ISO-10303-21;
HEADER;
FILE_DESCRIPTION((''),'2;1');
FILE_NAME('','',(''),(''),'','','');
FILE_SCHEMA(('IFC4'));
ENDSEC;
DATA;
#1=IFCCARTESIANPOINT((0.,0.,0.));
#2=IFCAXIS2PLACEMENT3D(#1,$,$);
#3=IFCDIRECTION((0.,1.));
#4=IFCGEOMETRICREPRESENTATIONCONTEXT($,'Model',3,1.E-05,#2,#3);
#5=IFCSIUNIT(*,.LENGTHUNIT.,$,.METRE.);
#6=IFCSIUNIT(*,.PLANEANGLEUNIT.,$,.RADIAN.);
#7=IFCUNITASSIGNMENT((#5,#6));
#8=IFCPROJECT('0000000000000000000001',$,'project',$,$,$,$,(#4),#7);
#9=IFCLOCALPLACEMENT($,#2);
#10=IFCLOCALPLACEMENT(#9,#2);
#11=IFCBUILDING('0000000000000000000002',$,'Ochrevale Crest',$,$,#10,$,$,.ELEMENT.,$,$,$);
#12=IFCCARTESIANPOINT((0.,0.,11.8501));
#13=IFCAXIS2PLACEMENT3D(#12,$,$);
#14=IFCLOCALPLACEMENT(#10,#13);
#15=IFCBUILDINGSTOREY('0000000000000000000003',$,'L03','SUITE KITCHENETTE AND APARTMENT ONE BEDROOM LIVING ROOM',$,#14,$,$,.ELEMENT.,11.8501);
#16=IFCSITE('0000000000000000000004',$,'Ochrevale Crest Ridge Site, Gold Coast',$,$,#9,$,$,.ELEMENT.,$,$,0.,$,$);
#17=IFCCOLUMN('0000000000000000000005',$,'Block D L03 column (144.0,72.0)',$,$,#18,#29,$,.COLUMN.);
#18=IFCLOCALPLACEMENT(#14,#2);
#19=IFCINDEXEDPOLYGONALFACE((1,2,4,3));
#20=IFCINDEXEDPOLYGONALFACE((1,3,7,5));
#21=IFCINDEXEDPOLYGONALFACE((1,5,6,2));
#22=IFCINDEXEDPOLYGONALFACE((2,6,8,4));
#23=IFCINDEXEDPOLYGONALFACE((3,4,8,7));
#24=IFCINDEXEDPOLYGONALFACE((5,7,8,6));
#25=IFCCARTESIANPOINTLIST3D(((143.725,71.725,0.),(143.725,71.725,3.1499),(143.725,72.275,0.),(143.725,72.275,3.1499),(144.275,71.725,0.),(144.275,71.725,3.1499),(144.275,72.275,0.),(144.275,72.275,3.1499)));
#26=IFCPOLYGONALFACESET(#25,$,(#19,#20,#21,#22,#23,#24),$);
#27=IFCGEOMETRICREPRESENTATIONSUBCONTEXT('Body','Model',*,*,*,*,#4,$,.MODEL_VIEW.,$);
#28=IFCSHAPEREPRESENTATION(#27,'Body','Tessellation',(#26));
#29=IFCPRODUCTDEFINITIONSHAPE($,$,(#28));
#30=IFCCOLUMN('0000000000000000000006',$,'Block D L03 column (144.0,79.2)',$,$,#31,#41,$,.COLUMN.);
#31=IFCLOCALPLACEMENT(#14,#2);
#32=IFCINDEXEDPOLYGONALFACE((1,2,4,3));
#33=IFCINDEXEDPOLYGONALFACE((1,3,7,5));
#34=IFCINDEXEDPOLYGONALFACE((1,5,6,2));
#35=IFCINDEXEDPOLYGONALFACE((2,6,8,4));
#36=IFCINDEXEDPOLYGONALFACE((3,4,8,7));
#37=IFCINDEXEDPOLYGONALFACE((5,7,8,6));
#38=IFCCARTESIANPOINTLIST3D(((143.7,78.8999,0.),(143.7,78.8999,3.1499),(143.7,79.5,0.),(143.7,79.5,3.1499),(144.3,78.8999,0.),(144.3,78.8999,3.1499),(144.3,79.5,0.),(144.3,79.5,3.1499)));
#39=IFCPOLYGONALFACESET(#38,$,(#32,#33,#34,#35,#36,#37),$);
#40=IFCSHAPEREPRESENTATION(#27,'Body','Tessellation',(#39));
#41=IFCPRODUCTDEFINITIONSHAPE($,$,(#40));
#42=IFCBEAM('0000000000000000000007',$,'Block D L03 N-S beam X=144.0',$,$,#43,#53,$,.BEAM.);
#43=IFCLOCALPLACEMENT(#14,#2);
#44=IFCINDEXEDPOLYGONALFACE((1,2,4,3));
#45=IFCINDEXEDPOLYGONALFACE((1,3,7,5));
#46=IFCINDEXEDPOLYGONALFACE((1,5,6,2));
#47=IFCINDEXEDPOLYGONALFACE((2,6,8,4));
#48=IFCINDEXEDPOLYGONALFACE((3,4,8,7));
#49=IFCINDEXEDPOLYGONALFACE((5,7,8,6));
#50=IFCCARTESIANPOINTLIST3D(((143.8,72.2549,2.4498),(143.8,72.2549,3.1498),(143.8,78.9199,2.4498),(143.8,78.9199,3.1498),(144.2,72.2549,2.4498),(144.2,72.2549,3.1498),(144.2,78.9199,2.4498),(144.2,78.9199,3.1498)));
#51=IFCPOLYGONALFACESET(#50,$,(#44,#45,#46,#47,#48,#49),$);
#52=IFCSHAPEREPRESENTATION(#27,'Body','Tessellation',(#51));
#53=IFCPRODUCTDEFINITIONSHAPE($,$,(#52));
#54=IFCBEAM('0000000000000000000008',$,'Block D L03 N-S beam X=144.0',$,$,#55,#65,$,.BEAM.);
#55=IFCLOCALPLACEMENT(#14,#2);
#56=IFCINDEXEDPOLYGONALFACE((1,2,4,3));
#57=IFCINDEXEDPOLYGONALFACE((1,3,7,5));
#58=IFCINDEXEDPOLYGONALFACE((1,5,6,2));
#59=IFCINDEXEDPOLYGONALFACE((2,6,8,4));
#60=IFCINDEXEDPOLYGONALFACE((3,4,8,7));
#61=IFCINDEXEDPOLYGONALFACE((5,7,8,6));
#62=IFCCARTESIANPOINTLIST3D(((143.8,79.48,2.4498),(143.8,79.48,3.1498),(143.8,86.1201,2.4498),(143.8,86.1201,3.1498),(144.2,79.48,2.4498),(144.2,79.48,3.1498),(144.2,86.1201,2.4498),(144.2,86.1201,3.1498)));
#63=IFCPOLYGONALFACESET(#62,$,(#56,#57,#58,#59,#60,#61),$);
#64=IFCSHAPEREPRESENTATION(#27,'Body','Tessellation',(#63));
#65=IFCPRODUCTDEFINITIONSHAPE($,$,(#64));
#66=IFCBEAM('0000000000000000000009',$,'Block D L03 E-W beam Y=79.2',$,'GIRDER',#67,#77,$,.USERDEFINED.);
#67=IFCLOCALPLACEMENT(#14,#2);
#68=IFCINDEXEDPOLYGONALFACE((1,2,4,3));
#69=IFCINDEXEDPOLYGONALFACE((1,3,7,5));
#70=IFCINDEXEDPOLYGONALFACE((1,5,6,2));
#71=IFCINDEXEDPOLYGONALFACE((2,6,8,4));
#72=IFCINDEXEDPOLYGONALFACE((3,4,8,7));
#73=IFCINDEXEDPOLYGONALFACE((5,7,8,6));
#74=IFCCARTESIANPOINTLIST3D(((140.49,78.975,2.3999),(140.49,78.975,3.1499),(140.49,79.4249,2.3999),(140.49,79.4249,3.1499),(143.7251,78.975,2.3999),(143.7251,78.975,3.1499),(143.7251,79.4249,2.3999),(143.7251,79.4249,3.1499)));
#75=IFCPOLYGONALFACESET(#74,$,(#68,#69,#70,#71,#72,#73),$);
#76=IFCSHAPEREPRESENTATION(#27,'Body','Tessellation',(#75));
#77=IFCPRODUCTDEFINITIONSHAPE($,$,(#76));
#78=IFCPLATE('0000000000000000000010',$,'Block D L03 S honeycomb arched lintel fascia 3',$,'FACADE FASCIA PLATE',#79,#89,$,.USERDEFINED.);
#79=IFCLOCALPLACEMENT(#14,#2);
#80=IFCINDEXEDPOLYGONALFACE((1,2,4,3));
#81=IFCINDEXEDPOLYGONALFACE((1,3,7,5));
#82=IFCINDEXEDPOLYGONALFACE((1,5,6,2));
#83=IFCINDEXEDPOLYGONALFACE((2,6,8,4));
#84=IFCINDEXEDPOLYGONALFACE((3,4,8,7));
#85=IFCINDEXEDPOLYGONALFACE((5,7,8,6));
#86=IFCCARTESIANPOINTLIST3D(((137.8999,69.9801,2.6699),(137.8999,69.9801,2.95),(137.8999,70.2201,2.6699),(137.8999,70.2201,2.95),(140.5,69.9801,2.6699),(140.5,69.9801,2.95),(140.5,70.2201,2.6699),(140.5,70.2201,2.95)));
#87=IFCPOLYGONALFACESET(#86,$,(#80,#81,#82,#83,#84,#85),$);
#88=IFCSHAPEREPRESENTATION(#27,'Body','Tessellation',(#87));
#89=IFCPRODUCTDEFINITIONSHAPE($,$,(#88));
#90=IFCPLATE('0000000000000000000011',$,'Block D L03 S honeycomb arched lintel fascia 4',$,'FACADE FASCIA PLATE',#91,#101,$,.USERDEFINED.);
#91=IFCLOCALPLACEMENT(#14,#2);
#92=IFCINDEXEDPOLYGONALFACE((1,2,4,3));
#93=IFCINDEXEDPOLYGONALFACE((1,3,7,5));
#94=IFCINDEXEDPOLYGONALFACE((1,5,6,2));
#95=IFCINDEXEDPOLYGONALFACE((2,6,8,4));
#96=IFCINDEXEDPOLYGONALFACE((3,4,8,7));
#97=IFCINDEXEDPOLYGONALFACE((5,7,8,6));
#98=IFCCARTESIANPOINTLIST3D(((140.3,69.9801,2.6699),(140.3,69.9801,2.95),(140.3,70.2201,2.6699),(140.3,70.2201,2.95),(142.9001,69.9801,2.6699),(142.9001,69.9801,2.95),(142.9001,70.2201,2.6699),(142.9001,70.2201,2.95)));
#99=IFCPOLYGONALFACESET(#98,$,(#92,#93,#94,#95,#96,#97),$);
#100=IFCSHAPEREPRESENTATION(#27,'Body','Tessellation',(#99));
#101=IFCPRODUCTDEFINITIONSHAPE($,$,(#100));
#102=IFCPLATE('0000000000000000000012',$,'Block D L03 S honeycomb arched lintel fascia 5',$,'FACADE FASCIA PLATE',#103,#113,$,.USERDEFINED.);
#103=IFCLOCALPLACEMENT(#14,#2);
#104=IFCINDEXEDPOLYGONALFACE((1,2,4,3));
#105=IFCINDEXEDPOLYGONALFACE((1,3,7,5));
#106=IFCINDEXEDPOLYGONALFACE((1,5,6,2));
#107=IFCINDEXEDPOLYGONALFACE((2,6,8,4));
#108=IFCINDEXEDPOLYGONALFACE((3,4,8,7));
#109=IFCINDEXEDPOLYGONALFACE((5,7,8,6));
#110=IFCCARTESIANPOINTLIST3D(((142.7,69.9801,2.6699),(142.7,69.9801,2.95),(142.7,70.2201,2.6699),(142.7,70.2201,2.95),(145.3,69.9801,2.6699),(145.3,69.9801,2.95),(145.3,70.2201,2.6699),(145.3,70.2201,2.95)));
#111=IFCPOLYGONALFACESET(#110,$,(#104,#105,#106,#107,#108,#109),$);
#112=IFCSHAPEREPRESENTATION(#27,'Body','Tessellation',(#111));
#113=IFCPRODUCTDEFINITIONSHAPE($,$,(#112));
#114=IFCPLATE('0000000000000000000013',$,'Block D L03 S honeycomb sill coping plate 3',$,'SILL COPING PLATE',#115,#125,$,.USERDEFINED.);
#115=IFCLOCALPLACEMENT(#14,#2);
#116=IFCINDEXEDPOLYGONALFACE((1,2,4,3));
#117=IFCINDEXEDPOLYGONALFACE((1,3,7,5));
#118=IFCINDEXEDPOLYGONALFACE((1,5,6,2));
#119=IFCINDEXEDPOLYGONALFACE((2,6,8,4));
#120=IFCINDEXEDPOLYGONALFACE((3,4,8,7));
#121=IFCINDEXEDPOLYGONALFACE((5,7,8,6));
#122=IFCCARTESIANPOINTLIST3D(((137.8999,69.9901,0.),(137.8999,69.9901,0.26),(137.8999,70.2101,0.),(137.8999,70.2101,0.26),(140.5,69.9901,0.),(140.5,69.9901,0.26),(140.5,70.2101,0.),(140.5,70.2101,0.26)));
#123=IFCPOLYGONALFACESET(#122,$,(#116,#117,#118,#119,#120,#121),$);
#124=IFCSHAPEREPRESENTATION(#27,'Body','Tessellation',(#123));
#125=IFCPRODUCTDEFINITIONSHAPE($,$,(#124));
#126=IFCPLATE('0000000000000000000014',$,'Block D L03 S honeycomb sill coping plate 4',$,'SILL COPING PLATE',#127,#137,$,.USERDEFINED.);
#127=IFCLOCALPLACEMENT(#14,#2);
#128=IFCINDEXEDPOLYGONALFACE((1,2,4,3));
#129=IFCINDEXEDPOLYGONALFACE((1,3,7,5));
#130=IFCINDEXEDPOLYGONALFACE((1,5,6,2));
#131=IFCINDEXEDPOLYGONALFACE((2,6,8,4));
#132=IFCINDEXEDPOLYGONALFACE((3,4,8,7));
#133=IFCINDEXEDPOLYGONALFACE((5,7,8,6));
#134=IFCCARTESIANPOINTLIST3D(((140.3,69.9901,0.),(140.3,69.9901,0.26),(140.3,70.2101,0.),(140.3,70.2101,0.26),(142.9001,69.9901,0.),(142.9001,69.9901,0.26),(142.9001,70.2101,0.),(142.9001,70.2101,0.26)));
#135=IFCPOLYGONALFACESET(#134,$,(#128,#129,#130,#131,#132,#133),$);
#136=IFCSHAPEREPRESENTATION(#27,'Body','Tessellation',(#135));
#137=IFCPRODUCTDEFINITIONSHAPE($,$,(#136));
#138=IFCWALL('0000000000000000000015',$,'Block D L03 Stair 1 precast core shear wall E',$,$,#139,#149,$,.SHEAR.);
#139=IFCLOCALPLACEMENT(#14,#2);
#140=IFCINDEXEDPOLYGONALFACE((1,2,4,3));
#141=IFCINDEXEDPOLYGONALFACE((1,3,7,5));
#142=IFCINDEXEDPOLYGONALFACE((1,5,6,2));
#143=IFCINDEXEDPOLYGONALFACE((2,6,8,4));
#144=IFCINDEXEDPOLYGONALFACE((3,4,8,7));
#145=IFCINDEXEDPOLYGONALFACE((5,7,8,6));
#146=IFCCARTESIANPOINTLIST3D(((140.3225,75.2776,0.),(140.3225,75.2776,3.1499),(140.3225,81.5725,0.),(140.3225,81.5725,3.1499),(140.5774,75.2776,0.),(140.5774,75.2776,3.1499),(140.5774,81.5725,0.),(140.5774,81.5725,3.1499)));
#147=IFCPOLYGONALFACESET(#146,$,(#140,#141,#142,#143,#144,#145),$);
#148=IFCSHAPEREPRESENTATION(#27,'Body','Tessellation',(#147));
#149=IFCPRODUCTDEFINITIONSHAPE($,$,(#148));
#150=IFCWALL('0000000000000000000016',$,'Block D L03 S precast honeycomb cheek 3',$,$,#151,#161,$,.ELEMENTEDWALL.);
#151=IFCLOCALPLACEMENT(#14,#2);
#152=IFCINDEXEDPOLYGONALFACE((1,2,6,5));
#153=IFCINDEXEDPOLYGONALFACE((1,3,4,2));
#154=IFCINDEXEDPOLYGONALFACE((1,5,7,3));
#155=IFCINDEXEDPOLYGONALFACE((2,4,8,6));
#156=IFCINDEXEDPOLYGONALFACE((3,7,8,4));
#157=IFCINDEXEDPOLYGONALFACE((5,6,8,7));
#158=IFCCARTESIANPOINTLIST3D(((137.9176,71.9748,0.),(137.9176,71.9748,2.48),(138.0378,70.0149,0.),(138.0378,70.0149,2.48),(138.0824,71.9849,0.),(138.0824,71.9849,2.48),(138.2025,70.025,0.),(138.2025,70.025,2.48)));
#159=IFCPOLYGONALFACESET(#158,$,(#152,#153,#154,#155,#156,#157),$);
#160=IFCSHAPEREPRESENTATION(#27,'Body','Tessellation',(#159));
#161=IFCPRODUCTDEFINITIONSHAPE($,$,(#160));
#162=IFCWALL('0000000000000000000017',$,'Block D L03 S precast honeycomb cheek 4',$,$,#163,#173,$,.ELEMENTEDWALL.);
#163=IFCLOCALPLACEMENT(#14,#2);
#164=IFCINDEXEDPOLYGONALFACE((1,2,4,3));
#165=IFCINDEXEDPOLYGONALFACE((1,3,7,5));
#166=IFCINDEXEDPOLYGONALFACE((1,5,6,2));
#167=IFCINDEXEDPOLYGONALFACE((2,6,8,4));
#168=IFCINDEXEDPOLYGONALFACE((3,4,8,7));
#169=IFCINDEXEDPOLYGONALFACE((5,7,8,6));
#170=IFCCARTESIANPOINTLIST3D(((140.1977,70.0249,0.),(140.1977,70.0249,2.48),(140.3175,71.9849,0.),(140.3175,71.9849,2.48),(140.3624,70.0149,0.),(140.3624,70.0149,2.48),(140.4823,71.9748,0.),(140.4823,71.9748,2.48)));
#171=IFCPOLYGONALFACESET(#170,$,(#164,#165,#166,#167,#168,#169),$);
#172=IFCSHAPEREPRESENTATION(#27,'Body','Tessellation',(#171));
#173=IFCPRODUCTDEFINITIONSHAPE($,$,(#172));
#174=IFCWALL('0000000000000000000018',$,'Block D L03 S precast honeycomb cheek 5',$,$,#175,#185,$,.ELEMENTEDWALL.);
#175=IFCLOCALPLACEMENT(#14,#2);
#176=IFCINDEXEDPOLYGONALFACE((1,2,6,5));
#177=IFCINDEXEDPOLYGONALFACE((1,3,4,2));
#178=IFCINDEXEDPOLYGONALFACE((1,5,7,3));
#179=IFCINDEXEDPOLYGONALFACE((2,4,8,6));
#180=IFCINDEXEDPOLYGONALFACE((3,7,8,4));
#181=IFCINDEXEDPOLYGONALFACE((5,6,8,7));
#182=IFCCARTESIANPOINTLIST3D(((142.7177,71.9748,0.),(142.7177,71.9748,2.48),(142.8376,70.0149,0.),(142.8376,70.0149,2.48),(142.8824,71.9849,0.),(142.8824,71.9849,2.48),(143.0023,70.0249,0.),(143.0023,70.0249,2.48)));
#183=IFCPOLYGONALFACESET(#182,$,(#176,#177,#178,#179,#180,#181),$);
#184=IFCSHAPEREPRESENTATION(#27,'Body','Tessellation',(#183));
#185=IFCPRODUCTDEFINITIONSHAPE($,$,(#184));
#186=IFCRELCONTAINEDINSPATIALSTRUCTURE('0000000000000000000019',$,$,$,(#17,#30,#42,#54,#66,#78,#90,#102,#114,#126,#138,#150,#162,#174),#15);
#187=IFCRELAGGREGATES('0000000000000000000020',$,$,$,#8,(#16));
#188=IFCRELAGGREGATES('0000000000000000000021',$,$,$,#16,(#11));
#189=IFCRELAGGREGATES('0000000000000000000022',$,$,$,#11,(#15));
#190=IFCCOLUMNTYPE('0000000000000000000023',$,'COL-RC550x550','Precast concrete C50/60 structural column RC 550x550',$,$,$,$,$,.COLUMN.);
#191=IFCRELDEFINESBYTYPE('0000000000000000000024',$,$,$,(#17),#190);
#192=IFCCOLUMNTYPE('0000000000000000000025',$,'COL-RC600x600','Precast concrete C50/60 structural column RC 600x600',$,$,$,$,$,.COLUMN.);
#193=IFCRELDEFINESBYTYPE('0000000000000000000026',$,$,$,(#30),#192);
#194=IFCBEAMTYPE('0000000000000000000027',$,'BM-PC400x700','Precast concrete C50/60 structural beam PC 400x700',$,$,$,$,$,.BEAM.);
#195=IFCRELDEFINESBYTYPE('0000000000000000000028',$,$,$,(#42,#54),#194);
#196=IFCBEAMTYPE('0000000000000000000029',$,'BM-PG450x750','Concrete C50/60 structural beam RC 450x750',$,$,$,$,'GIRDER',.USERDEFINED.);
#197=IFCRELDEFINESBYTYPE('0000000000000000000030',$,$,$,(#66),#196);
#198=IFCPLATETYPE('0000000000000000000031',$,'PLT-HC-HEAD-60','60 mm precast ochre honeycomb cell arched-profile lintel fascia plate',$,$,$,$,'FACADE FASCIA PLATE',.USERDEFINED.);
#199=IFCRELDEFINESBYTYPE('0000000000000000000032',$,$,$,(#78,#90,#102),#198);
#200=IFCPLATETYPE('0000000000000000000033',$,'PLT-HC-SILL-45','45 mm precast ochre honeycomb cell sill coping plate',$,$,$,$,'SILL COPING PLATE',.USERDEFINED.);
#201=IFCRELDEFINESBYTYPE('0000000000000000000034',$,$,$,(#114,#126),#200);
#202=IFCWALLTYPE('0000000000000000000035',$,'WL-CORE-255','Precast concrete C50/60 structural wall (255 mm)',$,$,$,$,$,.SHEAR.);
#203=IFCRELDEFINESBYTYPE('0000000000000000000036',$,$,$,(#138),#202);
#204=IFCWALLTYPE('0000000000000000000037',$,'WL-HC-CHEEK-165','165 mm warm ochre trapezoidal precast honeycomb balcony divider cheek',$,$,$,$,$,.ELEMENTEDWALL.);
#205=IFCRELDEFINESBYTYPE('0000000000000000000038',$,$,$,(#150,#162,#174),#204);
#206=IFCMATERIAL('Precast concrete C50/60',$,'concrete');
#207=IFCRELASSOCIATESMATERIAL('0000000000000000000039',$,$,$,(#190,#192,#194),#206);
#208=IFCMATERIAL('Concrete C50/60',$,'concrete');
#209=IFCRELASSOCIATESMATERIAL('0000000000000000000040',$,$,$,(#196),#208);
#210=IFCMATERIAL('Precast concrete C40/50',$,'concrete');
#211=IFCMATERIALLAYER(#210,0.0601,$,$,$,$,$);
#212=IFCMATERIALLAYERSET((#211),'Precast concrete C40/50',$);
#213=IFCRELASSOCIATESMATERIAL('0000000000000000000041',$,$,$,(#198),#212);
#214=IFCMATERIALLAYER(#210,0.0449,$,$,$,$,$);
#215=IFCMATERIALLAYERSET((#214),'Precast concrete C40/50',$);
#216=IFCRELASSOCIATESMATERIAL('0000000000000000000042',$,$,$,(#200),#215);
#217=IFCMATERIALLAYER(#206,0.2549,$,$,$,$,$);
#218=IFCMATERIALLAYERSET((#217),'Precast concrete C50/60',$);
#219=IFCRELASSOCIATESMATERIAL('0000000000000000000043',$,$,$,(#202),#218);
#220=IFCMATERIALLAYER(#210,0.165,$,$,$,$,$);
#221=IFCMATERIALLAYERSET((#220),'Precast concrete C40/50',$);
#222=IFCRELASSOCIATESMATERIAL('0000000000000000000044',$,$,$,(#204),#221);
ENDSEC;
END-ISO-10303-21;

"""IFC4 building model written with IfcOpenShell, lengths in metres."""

from ifc_helpers import new_model, si_unit, direction, frame, frame_2d, origin, origin_2d, place, context, subcontext, project, spatial, rectangle, extrude, material, layer, layer_set, material_profile, profile_set, type_object, element, save


model = new_model("IFC4")

# Units and contexts
model_context = context("Model", 3, precision=1e-05, world=origin(), true_north=direction((0.0, 1.0)))
body_context = subcontext(model_context, "Body", "Model", "MODEL_VIEW")
ifc_project = project(units=[si_unit("LENGTHUNIT", "METRE"), si_unit("PLANEANGLEUNIT", "RADIAN")], contexts=[model_context])

# Site, building, storey
site_placement = place(None, origin())
site = spatial("IfcSite", under=ifc_project, at=site_placement, Name="Ochrevale Crest Ridge Site, Gold Coast", CompositionType="ELEMENT", RefElevation=0.0)
building_placement = place(site_placement, origin())
building = spatial("IfcBuilding", under=site, at=building_placement, Name="Ochrevale Crest", CompositionType="ELEMENT")
storey_placement = place(building_placement, frame((0.0, 0.0, 11.8501)))
storey = spatial("IfcBuildingStorey", under=building, at=storey_placement, Name="L03", Description="SUITE KITCHENETTE AND APARTMENT ONE BEDROOM LIVING ROOM", CompositionType="ELEMENT", Elevation=11.8501)

# Columns
ifc_material_1 = material(Name="Precast concrete C50/60", Category="concrete")
ifc_material_profile_1 = material_profile(ifc_material_1, rectangle(XDim=0.55, YDim=0.55, at=origin_2d()), Name="RC 550x550")
ifc_profile_set_1 = profile_set([ifc_material_profile_1], Name="Precast concrete C50/60")
column_type_1 = type_object("IfcColumnType", Name="COL-RC550x550", Description="Precast concrete C50/60 structural column RC 550x550", PredefinedType="COLUMN", material=ifc_profile_set_1)
column_1_placement = place(storey_placement, frame((144.0, 72.0, 0.0), z_axis=(0.0, 0.0, 1.0), x_axis=(1.0, 0.0, 0.0)))
element("IfcColumn", 1, at=column_1_placement, inside=storey, type_object=column_type_1, Name="Block D L03 column (144.0,72.0)", PredefinedType="COLUMN", context=body_context, shape_type="SweptSolid", body=[
    extrude(rectangle(XDim=0.55, YDim=0.55, at=origin_2d()), origin(), (0.0, 0.0, 1.0), 3.1499),
])
ifc_material_profile_2 = material_profile(ifc_material_1, rectangle(XDim=0.6001, YDim=0.6001, at=origin_2d()), Name="RC 600x600")
ifc_profile_set_2 = profile_set([ifc_material_profile_2], Name="Precast concrete C50/60")
column_type_2 = type_object("IfcColumnType", Name="COL-RC600x600", Description="Precast concrete C50/60 structural column RC 600x600", PredefinedType="COLUMN", material=ifc_profile_set_2)
column_2_placement = place(storey_placement, frame((144.0, 79.2, 0.0), z_axis=(0.0, 0.0, 1.0), x_axis=(1.0, 0.0, 0.0)))
element("IfcColumn", 2, at=column_2_placement, inside=storey, type_object=column_type_2, Name="Block D L03 column (144.0,79.2)", PredefinedType="COLUMN", context=body_context, shape_type="SweptSolid", body=[
    extrude(rectangle(XDim=0.6001, YDim=0.6001, at=origin_2d()), origin(), (0.0, 0.0, 1.0), 3.1499),
])

# Beams
ifc_material_profile_3 = material_profile(ifc_material_1, rectangle(XDim=0.3999, YDim=0.7, at=origin_2d()), Name="PC 400x700")
ifc_profile_set_3 = profile_set([ifc_material_profile_3], Name="Precast concrete C50/60")
beam_type_1 = type_object("IfcBeamType", Name="BM-PC400x700", Description="Precast concrete C50/60 structural beam PC 400x700", PredefinedType="BEAM", material=ifc_profile_set_3)
beam_1_placement = place(storey_placement, frame((144.0, 72.2549, 2.7998), z_axis=(0.0, 1.0, 0.0), x_axis=(-1.0, 0.0, 0.0)))
element("IfcBeam", 3, at=beam_1_placement, inside=storey, type_object=beam_type_1, Name="Block D L03 N-S beam X=144.0", PredefinedType="BEAM", context=body_context, shape_type="SweptSolid", body=[
    extrude(rectangle(XDim=0.3999, YDim=0.7, at=origin_2d()), origin(), (0.0, 0.0, 1.0), 6.665),
])
beam_2_placement = place(storey_placement, frame((144.0, 79.48, 2.7998), z_axis=(0.0, 1.0, 0.0), x_axis=(-1.0, 0.0, 0.0)))
element("IfcBeam", 4, at=beam_2_placement, inside=storey, type_object=beam_type_1, Name="Block D L03 N-S beam X=144.0", PredefinedType="BEAM", context=body_context, shape_type="SweptSolid", body=[
    extrude(rectangle(XDim=0.3999, YDim=0.7, at=origin_2d()), origin(), (0.0, 0.0, 1.0), 6.6401),
])
ifc_material_2 = material(Name="Concrete C50/60", Category="concrete")
ifc_material_profile_4 = material_profile(ifc_material_2, rectangle(XDim=0.45, YDim=0.75, at=origin_2d()), Name="RC 450x750")
ifc_profile_set_4 = profile_set([ifc_material_profile_4], Name="Concrete C50/60")
beam_type_2 = type_object("IfcBeamType", Name="BM-PG450x750", Description="Concrete C50/60 structural beam RC 450x750", ElementType="GIRDER", PredefinedType="USERDEFINED", material=ifc_profile_set_4)
beam_3_placement = place(storey_placement, frame((140.49, 79.2, 2.7749), z_axis=(1.0, 0.0, 0.0), x_axis=(0.0, 1.0, 0.0)))
element("IfcBeam", 5, at=beam_3_placement, inside=storey, type_object=beam_type_2, Name="Block D L03 E-W beam Y=79.2", ObjectType="GIRDER", PredefinedType="USERDEFINED", context=body_context, shape_type="SweptSolid", body=[
    extrude(rectangle(XDim=0.45, YDim=0.75, at=origin_2d()), origin(), (0.0, 0.0, 1.0), 3.2351),
])

# Plates
ifc_material_3 = material(Name="Precast concrete C40/50", Category="concrete")
ifc_layer_1 = layer(ifc_material_3, 0.0601)
ifc_layer_set_1 = layer_set([ifc_layer_1], Name="Precast concrete C40/50")
plate_type_1 = type_object("IfcPlateType", Name="PLT-HC-HEAD-60", Description="60 mm precast ochre honeycomb cell arched-profile lintel fascia plate", ElementType="FACADE FASCIA PLATE", PredefinedType="USERDEFINED", material=ifc_layer_set_1)
for number, where, z_axis, x_axis, name in (
    (6, (139.2, 70.1001, 2.6699), (0.0, 0.0, 1.0), (1.0, 0.0, 0.0), "Block D L03 S honeycomb arched lintel fascia 3"),
    (7, (141.6001, 70.1001, 2.6699), (0.0, 0.0, 1.0), (1.0, 0.0, 0.0), "Block D L03 S honeycomb arched lintel fascia 4"),
    (8, (144.0, 70.1001, 2.6699), (0.0, 0.0, 1.0), (1.0, 0.0, 0.0), "Block D L03 S honeycomb arched lintel fascia 5"),
):
    element("IfcPlate", number, at=place(storey_placement, frame(where, z_axis=z_axis, x_axis=x_axis)), inside=storey, type_object=plate_type_1, Name=name, ObjectType="FACADE FASCIA PLATE", PredefinedType="USERDEFINED", context=body_context, shape_type="SweptSolid", body=[
        extrude(rectangle(XDim=2.6001, YDim=0.24, at=origin_2d()), origin(), (0.0, 0.0, 1.0), 0.28),
    ])
ifc_layer_2 = layer(ifc_material_3, 0.0449)
ifc_layer_set_2 = layer_set([ifc_layer_2], Name="Precast concrete C40/50")
plate_type_2 = type_object("IfcPlateType", Name="PLT-HC-SILL-45", Description="45 mm precast ochre honeycomb cell sill coping plate", ElementType="SILL COPING PLATE", PredefinedType="USERDEFINED", material=ifc_layer_set_2)
for number, where, z_axis, x_axis, name in (
    (9, (139.2, 70.1001, 0.0), (0.0, 0.0, 1.0), (1.0, 0.0, 0.0), "Block D L03 S honeycomb sill coping plate 3"),
    (10, (141.6001, 70.1001, 0.0), (0.0, 0.0, 1.0), (1.0, 0.0, 0.0), "Block D L03 S honeycomb sill coping plate 4"),
):
    element("IfcPlate", number, at=place(storey_placement, frame(where, z_axis=z_axis, x_axis=x_axis)), inside=storey, type_object=plate_type_2, Name=name, ObjectType="SILL COPING PLATE", PredefinedType="USERDEFINED", context=body_context, shape_type="SweptSolid", body=[
        extrude(rectangle(XDim=2.6001, YDim=0.22, at=origin_2d()), origin(), (0.0, 0.0, 1.0), 0.26),
    ])

# Walls
ifc_layer_3 = layer(ifc_material_1, 0.2549)
ifc_layer_set_3 = layer_set([ifc_layer_3], Name="Precast concrete C50/60")
wall_type_1 = type_object("IfcWallType", Name="WL-CORE-255", Description="Precast concrete C50/60 structural wall (255 mm)", PredefinedType="SHEAR", material=ifc_layer_set_3)
wall_1_placement = place(storey_placement, frame((140.45, 75.2776, 0.0), z_axis=(0.0, 0.0, 1.0), x_axis=(0.0, 1.0, 0.0)))
element("IfcWall", 11, at=wall_1_placement, inside=storey, type_object=wall_type_1, Name="Block D L03 Stair 1 precast core shear wall E", PredefinedType="SHEAR", context=body_context, shape_type="SweptSolid", body=[
    extrude(rectangle(XDim=6.2949, YDim=0.2549, at=frame_2d((3.1475, 0.0))), origin(), (0.0, 0.0, 1.0), 3.1499),
])
ifc_layer_4 = layer(ifc_material_3, 0.165)
ifc_layer_set_4 = layer_set([ifc_layer_4], Name="Precast concrete C40/50")
wall_type_2 = type_object("IfcWallType", Name="WL-HC-CHEEK-165", Description="165 mm warm ochre trapezoidal precast honeycomb balcony divider cheek", PredefinedType="ELEMENTEDWALL", material=ifc_layer_set_4)
for number, where, z_axis, x_axis, name in (
    (12, (138.0, 71.98, 0.0), (0.0, 0.0, 1.0), (0.061171, -0.998127, 0.0), "Block D L03 S precast honeycomb cheek 3"),
    (13, (140.3999, 71.98, 0.0), (0.0, 0.0, 1.0), (-0.061047, -0.998135, 0.0), "Block D L03 S precast honeycomb cheek 4"),
    (14, (142.8, 71.98, 0.0), (0.0, 0.0, 1.0), (0.061047, -0.998135, 0.0), "Block D L03 S precast honeycomb cheek 5"),
):
    element("IfcWall", number, at=place(storey_placement, frame(where, z_axis=z_axis, x_axis=x_axis)), inside=storey, type_object=wall_type_2, Name=name, PredefinedType="ELEMENTEDWALL", context=body_context, shape_type="SweptSolid", body=[
        extrude(rectangle(XDim=1.9636, YDim=0.165, at=frame_2d((0.9819, 0.0))), origin(), (0.0, 0.0, 1.0), 2.48),
    ])

save(model, "model.ifc")
